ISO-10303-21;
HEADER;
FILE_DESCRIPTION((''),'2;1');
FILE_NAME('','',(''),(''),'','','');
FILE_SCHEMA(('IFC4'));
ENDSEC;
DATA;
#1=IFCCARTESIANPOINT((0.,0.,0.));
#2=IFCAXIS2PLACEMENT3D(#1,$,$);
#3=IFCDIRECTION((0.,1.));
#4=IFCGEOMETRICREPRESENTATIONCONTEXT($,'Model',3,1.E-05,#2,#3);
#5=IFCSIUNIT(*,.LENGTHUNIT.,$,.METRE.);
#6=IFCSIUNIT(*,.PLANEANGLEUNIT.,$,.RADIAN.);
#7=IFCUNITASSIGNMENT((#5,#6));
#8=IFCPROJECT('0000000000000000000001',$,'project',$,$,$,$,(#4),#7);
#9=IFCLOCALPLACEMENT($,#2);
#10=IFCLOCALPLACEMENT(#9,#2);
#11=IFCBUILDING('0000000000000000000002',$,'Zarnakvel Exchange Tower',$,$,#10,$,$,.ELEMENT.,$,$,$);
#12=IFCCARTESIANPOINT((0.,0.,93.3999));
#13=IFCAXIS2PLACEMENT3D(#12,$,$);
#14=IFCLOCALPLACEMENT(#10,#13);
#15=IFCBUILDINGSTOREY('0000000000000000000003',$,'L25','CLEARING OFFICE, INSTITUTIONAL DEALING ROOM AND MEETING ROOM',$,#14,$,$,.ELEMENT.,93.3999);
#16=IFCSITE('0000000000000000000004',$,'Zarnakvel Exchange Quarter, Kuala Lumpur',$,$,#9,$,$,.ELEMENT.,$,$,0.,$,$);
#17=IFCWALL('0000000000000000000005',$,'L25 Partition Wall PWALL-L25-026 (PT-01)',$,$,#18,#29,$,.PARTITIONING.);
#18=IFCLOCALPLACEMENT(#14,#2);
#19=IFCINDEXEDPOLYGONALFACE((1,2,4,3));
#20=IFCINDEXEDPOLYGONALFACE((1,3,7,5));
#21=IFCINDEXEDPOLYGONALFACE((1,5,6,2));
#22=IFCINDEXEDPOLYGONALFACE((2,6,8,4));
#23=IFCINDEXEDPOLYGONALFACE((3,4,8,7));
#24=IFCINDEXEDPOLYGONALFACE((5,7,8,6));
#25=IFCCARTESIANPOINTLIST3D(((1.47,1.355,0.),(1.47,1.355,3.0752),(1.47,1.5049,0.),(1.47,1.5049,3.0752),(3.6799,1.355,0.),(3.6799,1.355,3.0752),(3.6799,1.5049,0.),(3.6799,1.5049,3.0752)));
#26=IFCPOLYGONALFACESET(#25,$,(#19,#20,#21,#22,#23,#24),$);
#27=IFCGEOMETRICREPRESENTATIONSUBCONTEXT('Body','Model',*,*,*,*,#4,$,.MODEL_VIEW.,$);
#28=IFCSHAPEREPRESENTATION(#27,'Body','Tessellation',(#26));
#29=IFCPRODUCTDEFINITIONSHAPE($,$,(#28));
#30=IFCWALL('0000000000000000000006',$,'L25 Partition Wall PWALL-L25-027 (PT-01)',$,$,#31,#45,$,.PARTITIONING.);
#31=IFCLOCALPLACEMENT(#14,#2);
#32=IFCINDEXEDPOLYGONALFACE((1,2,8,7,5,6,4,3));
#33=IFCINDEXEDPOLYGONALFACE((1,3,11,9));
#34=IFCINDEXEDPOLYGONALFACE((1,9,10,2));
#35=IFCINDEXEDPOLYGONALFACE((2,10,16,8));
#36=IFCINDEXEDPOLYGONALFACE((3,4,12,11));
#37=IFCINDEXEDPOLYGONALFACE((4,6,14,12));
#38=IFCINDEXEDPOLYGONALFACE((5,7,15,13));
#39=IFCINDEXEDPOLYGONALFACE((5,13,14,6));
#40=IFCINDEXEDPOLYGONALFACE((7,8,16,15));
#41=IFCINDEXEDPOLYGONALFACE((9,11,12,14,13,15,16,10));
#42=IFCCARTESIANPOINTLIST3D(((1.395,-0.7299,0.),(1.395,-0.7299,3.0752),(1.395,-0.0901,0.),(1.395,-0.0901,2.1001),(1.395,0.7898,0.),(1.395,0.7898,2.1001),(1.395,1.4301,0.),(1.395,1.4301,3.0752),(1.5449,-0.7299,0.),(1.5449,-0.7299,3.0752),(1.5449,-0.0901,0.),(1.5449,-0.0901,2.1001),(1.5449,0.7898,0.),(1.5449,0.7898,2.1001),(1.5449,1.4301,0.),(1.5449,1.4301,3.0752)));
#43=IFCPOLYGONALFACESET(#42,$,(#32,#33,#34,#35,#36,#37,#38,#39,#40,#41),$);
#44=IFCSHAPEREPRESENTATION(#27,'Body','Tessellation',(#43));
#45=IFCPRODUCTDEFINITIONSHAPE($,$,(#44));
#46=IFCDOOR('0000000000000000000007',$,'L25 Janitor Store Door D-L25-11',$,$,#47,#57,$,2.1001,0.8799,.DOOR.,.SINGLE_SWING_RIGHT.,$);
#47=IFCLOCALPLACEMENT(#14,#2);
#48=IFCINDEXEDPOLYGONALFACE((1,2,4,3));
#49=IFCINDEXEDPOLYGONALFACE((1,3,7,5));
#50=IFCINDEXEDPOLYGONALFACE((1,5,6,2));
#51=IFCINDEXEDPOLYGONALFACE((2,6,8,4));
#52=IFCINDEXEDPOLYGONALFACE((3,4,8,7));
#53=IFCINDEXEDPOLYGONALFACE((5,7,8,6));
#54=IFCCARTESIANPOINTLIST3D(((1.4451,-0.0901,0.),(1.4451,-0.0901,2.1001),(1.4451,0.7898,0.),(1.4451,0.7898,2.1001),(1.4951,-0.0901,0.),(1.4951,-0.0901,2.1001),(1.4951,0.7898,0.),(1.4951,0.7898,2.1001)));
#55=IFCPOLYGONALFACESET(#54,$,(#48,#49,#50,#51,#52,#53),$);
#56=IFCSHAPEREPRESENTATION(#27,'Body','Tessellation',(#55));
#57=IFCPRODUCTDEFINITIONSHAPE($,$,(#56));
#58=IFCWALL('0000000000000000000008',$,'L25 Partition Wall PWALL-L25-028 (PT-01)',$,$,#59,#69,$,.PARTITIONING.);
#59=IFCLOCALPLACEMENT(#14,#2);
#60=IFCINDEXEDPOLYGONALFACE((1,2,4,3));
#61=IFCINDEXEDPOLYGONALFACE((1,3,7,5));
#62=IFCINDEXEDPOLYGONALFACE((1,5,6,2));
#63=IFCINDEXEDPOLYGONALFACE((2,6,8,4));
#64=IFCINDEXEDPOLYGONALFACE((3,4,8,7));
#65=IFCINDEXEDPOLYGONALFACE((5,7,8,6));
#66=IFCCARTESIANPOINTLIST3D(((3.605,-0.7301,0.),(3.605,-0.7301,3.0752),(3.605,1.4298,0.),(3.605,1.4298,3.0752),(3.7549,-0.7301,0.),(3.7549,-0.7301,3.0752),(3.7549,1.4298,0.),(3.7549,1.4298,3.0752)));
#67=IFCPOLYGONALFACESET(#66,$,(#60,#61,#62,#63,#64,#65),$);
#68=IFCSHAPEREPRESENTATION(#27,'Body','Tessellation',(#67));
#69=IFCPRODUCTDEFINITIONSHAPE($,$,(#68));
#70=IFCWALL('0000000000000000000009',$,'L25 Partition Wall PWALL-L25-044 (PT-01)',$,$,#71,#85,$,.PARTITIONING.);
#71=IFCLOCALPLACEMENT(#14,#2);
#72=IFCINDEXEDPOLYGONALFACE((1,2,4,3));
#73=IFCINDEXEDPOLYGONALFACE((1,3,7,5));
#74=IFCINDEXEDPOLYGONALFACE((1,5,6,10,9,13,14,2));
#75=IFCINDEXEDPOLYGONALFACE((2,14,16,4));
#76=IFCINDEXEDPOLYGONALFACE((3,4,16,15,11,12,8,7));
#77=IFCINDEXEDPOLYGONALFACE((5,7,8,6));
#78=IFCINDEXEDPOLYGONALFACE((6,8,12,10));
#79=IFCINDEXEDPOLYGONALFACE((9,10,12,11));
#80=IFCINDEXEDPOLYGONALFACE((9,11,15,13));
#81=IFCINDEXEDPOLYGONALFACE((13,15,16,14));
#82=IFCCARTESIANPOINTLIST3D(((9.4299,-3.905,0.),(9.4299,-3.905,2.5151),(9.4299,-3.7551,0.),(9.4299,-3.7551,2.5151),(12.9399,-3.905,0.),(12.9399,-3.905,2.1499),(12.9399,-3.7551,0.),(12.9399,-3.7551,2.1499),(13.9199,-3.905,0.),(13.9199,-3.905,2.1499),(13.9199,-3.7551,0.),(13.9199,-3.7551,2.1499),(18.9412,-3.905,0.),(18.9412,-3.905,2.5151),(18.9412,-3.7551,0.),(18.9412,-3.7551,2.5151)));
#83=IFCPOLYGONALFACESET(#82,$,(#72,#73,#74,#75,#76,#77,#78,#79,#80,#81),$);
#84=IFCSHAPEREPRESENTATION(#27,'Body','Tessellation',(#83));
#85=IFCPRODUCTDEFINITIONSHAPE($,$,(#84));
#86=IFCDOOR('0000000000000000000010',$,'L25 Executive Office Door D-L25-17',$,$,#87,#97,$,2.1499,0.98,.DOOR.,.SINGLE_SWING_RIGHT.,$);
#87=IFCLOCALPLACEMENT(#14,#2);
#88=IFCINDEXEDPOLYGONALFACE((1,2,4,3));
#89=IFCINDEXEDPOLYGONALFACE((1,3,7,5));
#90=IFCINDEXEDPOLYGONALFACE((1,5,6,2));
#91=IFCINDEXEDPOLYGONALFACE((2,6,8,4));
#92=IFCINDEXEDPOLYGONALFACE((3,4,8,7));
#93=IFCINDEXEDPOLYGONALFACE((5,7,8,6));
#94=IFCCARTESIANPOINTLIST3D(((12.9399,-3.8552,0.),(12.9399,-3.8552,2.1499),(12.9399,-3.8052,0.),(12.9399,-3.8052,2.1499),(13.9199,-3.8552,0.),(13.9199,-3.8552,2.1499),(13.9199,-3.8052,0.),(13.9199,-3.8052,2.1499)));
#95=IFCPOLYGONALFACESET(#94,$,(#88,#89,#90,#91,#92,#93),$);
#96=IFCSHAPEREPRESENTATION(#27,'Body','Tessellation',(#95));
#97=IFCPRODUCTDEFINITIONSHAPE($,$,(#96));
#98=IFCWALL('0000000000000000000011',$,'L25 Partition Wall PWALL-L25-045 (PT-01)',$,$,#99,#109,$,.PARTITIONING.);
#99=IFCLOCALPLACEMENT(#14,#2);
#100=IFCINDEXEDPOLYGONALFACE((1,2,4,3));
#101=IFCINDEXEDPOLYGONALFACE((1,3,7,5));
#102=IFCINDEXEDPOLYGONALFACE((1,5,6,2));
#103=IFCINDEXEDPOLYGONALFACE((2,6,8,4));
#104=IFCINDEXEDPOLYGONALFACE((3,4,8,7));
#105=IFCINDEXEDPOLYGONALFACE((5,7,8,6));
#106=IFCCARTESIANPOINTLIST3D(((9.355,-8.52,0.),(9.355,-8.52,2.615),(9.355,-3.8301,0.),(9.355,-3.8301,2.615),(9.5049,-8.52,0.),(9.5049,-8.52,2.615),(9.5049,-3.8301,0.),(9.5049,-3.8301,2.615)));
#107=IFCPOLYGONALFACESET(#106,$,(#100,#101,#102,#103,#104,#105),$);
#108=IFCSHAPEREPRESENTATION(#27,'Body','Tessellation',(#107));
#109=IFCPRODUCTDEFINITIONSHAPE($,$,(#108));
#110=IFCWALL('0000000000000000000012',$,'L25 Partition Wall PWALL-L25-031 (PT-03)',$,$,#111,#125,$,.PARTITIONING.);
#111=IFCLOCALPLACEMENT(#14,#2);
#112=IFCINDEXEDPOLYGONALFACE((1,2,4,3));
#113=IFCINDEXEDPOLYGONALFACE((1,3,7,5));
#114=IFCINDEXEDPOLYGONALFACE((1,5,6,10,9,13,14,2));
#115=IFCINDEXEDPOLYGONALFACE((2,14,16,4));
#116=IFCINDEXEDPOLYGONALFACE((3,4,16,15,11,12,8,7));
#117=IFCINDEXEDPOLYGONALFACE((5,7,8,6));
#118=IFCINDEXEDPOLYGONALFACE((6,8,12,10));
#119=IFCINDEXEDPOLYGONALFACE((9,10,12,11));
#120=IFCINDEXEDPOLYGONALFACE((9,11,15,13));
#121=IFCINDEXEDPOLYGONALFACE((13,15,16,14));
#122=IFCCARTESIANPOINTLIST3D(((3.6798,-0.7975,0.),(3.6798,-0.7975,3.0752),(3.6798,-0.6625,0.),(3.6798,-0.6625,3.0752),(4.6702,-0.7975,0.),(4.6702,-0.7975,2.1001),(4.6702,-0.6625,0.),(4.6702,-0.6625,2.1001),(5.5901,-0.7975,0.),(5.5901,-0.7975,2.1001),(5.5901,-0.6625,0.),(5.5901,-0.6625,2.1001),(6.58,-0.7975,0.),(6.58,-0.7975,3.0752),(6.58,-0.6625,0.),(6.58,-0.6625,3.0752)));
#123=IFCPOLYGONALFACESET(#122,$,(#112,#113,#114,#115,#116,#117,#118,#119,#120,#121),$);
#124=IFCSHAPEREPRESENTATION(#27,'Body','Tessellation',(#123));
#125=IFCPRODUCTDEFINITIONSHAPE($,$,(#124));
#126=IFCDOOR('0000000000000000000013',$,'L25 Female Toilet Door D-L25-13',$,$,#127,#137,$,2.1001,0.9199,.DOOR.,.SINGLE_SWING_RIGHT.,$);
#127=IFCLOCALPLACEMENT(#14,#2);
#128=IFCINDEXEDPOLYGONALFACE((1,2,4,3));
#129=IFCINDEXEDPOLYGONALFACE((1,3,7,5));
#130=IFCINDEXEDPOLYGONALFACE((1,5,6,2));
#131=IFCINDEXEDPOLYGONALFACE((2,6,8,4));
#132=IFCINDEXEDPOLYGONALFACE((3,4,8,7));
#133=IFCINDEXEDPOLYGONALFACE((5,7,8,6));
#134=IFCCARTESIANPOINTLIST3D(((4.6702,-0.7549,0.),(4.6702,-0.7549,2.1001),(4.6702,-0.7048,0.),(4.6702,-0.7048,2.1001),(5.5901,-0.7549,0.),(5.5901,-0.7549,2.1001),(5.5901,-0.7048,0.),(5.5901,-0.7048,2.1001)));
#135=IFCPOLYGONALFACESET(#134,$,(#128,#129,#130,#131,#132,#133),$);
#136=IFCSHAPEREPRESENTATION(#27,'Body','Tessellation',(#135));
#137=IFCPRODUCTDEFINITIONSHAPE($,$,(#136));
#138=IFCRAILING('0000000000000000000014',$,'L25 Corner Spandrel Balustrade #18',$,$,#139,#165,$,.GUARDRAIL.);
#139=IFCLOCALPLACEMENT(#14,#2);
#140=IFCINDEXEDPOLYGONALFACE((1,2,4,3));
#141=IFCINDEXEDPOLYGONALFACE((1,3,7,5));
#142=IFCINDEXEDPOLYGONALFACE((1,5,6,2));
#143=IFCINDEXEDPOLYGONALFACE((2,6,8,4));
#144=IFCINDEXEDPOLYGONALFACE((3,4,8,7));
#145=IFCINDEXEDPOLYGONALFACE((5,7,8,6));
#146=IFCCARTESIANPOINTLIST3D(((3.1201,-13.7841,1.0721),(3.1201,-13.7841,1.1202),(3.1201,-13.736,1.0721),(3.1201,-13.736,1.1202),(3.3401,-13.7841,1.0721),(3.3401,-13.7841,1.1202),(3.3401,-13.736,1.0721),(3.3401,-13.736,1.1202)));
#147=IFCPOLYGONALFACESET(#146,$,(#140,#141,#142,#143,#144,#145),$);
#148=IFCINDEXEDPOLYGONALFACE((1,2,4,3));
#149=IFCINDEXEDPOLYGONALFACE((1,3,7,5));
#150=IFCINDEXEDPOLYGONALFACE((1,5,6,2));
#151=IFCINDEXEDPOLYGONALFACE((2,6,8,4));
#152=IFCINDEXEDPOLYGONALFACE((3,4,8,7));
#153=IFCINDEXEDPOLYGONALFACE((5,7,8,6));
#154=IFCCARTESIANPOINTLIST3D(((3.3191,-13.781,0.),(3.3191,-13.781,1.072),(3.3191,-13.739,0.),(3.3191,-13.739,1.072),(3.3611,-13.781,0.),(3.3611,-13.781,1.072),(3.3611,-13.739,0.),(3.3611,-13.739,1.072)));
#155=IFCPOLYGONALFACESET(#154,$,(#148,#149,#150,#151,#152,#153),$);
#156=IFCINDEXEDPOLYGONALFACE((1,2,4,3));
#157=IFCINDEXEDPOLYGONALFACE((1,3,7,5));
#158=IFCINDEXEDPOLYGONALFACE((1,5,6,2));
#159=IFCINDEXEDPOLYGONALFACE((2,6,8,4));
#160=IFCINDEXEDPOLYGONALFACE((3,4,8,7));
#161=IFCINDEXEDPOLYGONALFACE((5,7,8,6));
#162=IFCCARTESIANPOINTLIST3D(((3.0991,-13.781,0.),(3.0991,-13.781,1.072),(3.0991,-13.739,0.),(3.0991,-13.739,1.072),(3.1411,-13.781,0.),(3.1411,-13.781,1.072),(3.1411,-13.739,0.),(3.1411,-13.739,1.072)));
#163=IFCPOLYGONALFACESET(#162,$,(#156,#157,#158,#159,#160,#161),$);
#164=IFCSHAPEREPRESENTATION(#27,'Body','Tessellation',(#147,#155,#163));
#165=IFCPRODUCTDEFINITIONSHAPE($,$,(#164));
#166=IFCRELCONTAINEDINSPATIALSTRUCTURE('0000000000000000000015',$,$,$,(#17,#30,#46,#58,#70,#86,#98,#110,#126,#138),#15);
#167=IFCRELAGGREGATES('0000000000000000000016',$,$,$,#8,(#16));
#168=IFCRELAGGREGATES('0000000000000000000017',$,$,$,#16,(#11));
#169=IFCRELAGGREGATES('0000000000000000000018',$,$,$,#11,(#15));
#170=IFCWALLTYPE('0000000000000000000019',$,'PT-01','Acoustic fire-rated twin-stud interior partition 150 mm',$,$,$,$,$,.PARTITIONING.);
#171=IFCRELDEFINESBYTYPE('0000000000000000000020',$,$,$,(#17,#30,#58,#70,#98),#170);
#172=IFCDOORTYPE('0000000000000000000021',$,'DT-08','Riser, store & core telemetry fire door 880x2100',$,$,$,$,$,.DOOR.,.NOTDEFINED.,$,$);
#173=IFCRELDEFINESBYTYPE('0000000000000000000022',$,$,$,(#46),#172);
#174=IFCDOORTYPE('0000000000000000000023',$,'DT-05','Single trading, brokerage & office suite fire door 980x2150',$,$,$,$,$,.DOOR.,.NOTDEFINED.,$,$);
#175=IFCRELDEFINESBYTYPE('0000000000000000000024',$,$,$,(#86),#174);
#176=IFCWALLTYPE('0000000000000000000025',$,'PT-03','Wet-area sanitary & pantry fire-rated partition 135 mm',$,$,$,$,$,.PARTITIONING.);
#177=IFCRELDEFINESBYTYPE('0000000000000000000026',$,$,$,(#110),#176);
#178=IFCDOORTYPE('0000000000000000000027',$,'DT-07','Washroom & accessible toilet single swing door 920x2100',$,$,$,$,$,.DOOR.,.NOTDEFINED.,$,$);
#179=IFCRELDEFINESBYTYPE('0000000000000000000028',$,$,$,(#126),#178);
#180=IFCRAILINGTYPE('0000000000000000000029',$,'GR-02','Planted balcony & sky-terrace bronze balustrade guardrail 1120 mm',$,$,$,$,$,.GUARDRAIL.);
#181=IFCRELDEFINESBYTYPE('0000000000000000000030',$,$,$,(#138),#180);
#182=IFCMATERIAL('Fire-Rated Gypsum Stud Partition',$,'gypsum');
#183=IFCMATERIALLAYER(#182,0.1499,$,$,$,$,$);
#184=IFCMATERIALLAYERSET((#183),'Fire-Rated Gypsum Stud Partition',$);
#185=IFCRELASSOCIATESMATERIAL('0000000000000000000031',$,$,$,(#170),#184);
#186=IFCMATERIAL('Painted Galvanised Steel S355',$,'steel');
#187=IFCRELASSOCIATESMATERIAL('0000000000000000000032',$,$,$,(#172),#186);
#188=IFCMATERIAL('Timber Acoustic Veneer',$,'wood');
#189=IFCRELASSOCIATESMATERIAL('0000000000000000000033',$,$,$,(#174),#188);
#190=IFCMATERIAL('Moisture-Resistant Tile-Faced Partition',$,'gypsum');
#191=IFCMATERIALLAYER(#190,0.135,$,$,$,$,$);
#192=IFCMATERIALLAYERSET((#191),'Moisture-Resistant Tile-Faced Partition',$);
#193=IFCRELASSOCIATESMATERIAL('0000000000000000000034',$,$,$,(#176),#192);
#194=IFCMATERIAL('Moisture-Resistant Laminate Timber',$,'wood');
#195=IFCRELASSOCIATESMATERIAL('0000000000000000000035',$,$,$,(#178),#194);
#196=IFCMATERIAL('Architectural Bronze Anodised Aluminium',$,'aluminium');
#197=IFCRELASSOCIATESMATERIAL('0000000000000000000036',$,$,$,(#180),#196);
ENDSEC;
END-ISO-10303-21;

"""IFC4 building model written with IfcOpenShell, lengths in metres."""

from ifc_helpers import new_model, si_unit, direction, frame, frame_2d, origin, origin_2d, place, context, subcontext, project, spatial, rectangle, extrude, source, transform, mapped, material, layer, layer_set, type_object, element, fill, save


model = new_model("IFC4")

# Units and contexts
model_context = context("Model", 3, precision=1e-05, world=origin(), true_north=direction((0.0, 1.0)))
body_context = subcontext(model_context, "Body", "Model", "MODEL_VIEW")
ifc_project = project(units=[si_unit("LENGTHUNIT", "METRE"), si_unit("PLANEANGLEUNIT", "RADIAN")], contexts=[model_context])

# Site, building, storey
site_placement = place(None, origin())
site = spatial("IfcSite", under=ifc_project, at=site_placement, Name="Zarnakvel Exchange Quarter, Kuala Lumpur", CompositionType="ELEMENT", RefElevation=0.0)
building_placement = place(site_placement, origin())
building = spatial("IfcBuilding", under=site, at=building_placement, Name="Zarnakvel Exchange Tower", CompositionType="ELEMENT")
storey_placement = place(building_placement, frame((0.0, 0.0, 93.3999)))
storey = spatial("IfcBuildingStorey", under=building, at=storey_placement, Name="L25", Description="CLEARING OFFICE, INSTITUTIONAL DEALING ROOM AND MEETING ROOM", CompositionType="ELEMENT", Elevation=93.3999)

# Shared definitions
ifc_material_1 = material(Name="Painted Galvanised Steel S355", Category="steel")

# Wall
ifc_material_2 = material(Name="Fire-Rated Gypsum Stud Partition", Category="gypsum")
ifc_layer_1 = layer(ifc_material_2, 0.1499)
ifc_layer_set_1 = layer_set([ifc_layer_1], Name="Fire-Rated Gypsum Stud Partition")
wall_type_1 = type_object("IfcWallType", Name="PT-01", Description="Acoustic fire-rated twin-stud interior partition 150 mm", PredefinedType="PARTITIONING", material=ifc_layer_set_1)
for number, where, z_axis, x_axis, name in (
    (1, (1.47, 1.4299, 0.0), (0.0, 0.0, 1.0), (1.0, 0.0, 0.0), "L25 Partition Wall PWALL-L25-026 (PT-01)"),
):
    element("IfcWall", number, at=place(storey_placement, frame(where, z_axis=z_axis, x_axis=x_axis)), inside=storey, type_object=wall_type_1, Name=name, PredefinedType="PARTITIONING", context=body_context, shape_type="SweptSolid", body=[
        extrude(rectangle(XDim=2.21, YDim=0.1499, at=frame_2d((1.105, 0.0))), origin(), (0.0, 0.0, 1.0), 3.0752),
    ])

# Wall, opening, door
wall_1_placement = place(storey_placement, frame((1.47, -0.73, 0.0), z_axis=(0.0, 0.0, 1.0), x_axis=(0.0, 1.0, 0.0)))
wall_1 = element("IfcWall", 2, at=wall_1_placement, inside=storey, type_object=wall_type_1, Name="L25 Partition Wall PWALL-L25-027 (PT-01)", PredefinedType="PARTITIONING", context=body_context, shape_type="SweptSolid", body=[
    extrude(rectangle(XDim=2.1599, YDim=0.1499, at=frame_2d((1.0801, 0.0))), origin(), (0.0, 0.0, 1.0), 3.0752),
])
opening_1_placement = place(wall_1_placement, frame((0.6399, 0.0, 0.0)))
opening_1 = element("IfcOpeningElement", 3, at=opening_1_placement, cuts=wall_1, PredefinedType="OPENING", context=body_context, shape_type="SweptSolid", body=[
    extrude(rectangle(XDim=0.8799, YDim=2.1001, at=frame_2d((0.4399, 1.05))), frame((0.0, 0.085, 0.0), z_axis=(0.0, -1.0, 0.0), x_axis=(1.0, 0.0, 0.0)), (0.0, 0.0, 1.0), 0.1699),
])
door_type_1 = type_object("IfcDoorType", Name="DT-08", Description="Riser, store & core telemetry fire door 880x2100", OperationType="NOTDEFINED", PredefinedType="DOOR", material=ifc_material_1)
shared_shape_1 = source(origin(), body_context, "Body", "SweptSolid", [
    extrude(rectangle(XDim=0.8799, YDim=2.1001, at=frame_2d((0.4399, 1.05))), frame((0.0, 0.0249, 0.0), z_axis=(0.0, -1.0, 0.0), x_axis=(1.0, 0.0, 0.0)), (0.0, 0.0, 1.0), 0.05),
])
door_1_placement = place(opening_1_placement, origin())
door_1 = element("IfcDoor", 4, at=door_1_placement, inside=storey, type_object=door_type_1, Name="L25 Janitor Store Door D-L25-11", OperationType="SINGLE_SWING_RIGHT", OverallHeight=2.1001, OverallWidth=0.8799, PredefinedType="DOOR", context=body_context, shape_type="MappedRepresentation", body=[
    mapped(shared_shape_1, transform((0.0, 0.0, 0.0), x_axis=(1.0, 0.0, 0.0), y_axis=(0.0, 1.0, 0.0), z_axis=(0.0, 0.0, 1.0), scale=1.0)),
])
fill(opening_1, door_1)

# Wall
wall_2_placement = place(storey_placement, frame((3.6799, 1.4299, 0.0), z_axis=(0.0, 0.0, 1.0), x_axis=(0.0, -1.0, 0.0)))
element("IfcWall", 5, at=wall_2_placement, inside=storey, type_object=wall_type_1, Name="L25 Partition Wall PWALL-L25-028 (PT-01)", PredefinedType="PARTITIONING", context=body_context, shape_type="SweptSolid", body=[
    extrude(rectangle(XDim=2.1599, YDim=0.1499, at=frame_2d((1.0801, 0.0))), origin(), (0.0, 0.0, 1.0), 3.0752),
])

# Wall, opening, door
ifc_material_3 = material(Name="Timber Acoustic Veneer", Category="wood")
door_type_2 = type_object("IfcDoorType", Name="DT-05", Description="Single trading, brokerage & office suite fire door 980x2150", OperationType="NOTDEFINED", PredefinedType="DOOR", material=ifc_material_3)
wall_3_placement = place(storey_placement, frame((9.4299, -3.8301, 0.0), z_axis=(0.0, 0.0, 1.0), x_axis=(1.0, 0.0, 0.0)))
wall_3 = element("IfcWall", 6, at=wall_3_placement, inside=storey, type_object=wall_type_1, Name="L25 Partition Wall PWALL-L25-044 (PT-01)", PredefinedType="PARTITIONING", context=body_context, shape_type="SweptSolid", body=[
    extrude(rectangle(XDim=9.5112, YDim=0.1499, at=frame_2d((4.7556, 0.0))), origin(), (0.0, 0.0, 1.0), 2.5151),
])
opening_2_placement = place(wall_3_placement, frame((3.51, 0.0, 0.0)))
opening_2 = element("IfcOpeningElement", 7, at=opening_2_placement, cuts=wall_3, PredefinedType="OPENING", context=body_context, shape_type="SweptSolid", body=[
    extrude(rectangle(XDim=0.98, YDim=2.1499, at=frame_2d((0.49, 1.075))), frame((0.0, 0.085, 0.0), z_axis=(0.0, -1.0, 0.0), x_axis=(1.0, 0.0, 0.0)), (0.0, 0.0, 1.0), 0.1699),
])
shared_shape_2 = source(origin(), body_context, "Body", "SweptSolid", [
    extrude(rectangle(XDim=0.98, YDim=2.1499, at=frame_2d((0.49, 1.075))), frame((0.0, 0.0249, 0.0), z_axis=(0.0, -1.0, 0.0), x_axis=(1.0, 0.0, 0.0)), (0.0, 0.0, 1.0), 0.05),
])
door_2_placement = place(opening_2_placement, origin())
door_2 = element("IfcDoor", 8, at=door_2_placement, inside=storey, type_object=door_type_2, Name="L25 Executive Office Door D-L25-17", OperationType="SINGLE_SWING_RIGHT", OverallHeight=2.1499, OverallWidth=0.98, PredefinedType="DOOR", context=body_context, shape_type="MappedRepresentation", body=[
    mapped(shared_shape_2, transform((0.0, 0.0, 0.0), x_axis=(1.0, 0.0, 0.0), y_axis=(0.0, 1.0, 0.0), z_axis=(0.0, 0.0, 1.0), scale=1.0)),
])
fill(opening_2, door_2)

# Wall
wall_4_placement = place(storey_placement, frame((9.4299, -8.52, 0.0), z_axis=(0.0, 0.0, 1.0), x_axis=(0.0, 1.0, 0.0)))
element("IfcWall", 9, at=wall_4_placement, inside=storey, type_object=wall_type_1, Name="L25 Partition Wall PWALL-L25-045 (PT-01)", PredefinedType="PARTITIONING", context=body_context, shape_type="SweptSolid", body=[
    extrude(rectangle(XDim=4.6899, YDim=0.1499, at=frame_2d((2.345, 0.0))), origin(), (0.0, 0.0, 1.0), 2.615),
])

# Wall, opening, door
ifc_material_4 = material(Name="Moisture-Resistant Tile-Faced Partition", Category="gypsum")
ifc_layer_2 = layer(ifc_material_4, 0.135)
ifc_layer_set_2 = layer_set([ifc_layer_2], Name="Moisture-Resistant Tile-Faced Partition")
wall_type_2 = type_object("IfcWallType", Name="PT-03", Description="Wet-area sanitary & pantry fire-rated partition 135 mm", PredefinedType="PARTITIONING", material=ifc_layer_set_2)
wall_5_placement = place(storey_placement, frame((6.5801, -0.73, 0.0), z_axis=(0.0, 0.0, 1.0), x_axis=(-1.0, 0.0, 0.0)))
wall_5 = element("IfcWall", 10, at=wall_5_placement, inside=storey, type_object=wall_type_2, Name="L25 Partition Wall PWALL-L25-031 (PT-03)", PredefinedType="PARTITIONING", context=body_context, shape_type="SweptSolid", body=[
    extrude(rectangle(XDim=2.9001, YDim=0.135, at=frame_2d((1.4502, 0.0))), origin(), (0.0, 0.0, 1.0), 3.0752),
])
opening_3_placement = place(wall_5_placement, frame((0.99, 0.0, 0.0)))
opening_3 = element("IfcOpeningElement", 11, at=opening_3_placement, cuts=wall_5, PredefinedType="OPENING", context=body_context, shape_type="SweptSolid", body=[
    extrude(rectangle(XDim=0.9199, YDim=2.1001, at=frame_2d((0.46, 1.05))), frame((0.0, 0.0774, 0.0), z_axis=(0.0, -1.0, 0.0), x_axis=(1.0, 0.0, 0.0)), (0.0, 0.0, 1.0), 0.155),
])
ifc_material_5 = material(Name="Moisture-Resistant Laminate Timber", Category="wood")
door_type_3 = type_object("IfcDoorType", Name="DT-07", Description="Washroom & accessible toilet single swing door 920x2100", OperationType="NOTDEFINED", PredefinedType="DOOR", material=ifc_material_5)
shared_shape_3 = source(origin(), body_context, "Body", "SweptSolid", [
    extrude(rectangle(XDim=0.9199, YDim=2.1001, at=frame_2d((0.46, 1.05))), frame((0.0, 0.0249, 0.0), z_axis=(0.0, -1.0, 0.0), x_axis=(1.0, 0.0, 0.0)), (0.0, 0.0, 1.0), 0.05),
])
door_3_placement = place(opening_3_placement, origin())
door_3 = element("IfcDoor", 12, at=door_3_placement, inside=storey, type_object=door_type_3, Name="L25 Female Toilet Door D-L25-13", OperationType="SINGLE_SWING_RIGHT", OverallHeight=2.1001, OverallWidth=0.9199, PredefinedType="DOOR", context=body_context, shape_type="MappedRepresentation", body=[
    mapped(shared_shape_3, transform((0.0, 0.0, 0.0), x_axis=(1.0, 0.0, 0.0), y_axis=(0.0, 1.0, 0.0), z_axis=(0.0, 0.0, 1.0), scale=1.0)),
])
fill(opening_3, door_3)

# Railing
ifc_material_6 = material(Name="Architectural Bronze Anodised Aluminium", Category="aluminium")
railing_type = type_object("IfcRailingType", Name="GR-02", Description="Planted balcony & sky-terrace bronze balustrade guardrail 1120 mm", PredefinedType="GUARDRAIL", material=ifc_material_6)
railing_placement = place(storey_placement, frame((3.3401, -13.76, 0.0)))
element("IfcRailing", 13, at=railing_placement, inside=storey, type_object=railing_type, Name="L25 Corner Spandrel Balustrade #18", PredefinedType="GUARDRAIL", context=body_context, shape_type="SweptSolid", body=[
    extrude(rectangle(XDim=0.0481, YDim=0.0481, at=origin_2d()), frame((0.0, 0.0, 1.0962), z_axis=(-1.0, 0.0, 0.0), x_axis=(0.0, -1.0, 0.0)), (0.0, 0.0, 1.0), 0.22),
    extrude(rectangle(XDim=0.042, YDim=0.042, at=origin_2d()), origin(), (0.0, 0.0, 1.0), 1.072),
    extrude(rectangle(XDim=0.042, YDim=0.042, at=origin_2d()), frame((-0.22, 0.0, 0.0)), (0.0, 0.0, 1.0), 1.072),
])

save(model, "model.ifc")
